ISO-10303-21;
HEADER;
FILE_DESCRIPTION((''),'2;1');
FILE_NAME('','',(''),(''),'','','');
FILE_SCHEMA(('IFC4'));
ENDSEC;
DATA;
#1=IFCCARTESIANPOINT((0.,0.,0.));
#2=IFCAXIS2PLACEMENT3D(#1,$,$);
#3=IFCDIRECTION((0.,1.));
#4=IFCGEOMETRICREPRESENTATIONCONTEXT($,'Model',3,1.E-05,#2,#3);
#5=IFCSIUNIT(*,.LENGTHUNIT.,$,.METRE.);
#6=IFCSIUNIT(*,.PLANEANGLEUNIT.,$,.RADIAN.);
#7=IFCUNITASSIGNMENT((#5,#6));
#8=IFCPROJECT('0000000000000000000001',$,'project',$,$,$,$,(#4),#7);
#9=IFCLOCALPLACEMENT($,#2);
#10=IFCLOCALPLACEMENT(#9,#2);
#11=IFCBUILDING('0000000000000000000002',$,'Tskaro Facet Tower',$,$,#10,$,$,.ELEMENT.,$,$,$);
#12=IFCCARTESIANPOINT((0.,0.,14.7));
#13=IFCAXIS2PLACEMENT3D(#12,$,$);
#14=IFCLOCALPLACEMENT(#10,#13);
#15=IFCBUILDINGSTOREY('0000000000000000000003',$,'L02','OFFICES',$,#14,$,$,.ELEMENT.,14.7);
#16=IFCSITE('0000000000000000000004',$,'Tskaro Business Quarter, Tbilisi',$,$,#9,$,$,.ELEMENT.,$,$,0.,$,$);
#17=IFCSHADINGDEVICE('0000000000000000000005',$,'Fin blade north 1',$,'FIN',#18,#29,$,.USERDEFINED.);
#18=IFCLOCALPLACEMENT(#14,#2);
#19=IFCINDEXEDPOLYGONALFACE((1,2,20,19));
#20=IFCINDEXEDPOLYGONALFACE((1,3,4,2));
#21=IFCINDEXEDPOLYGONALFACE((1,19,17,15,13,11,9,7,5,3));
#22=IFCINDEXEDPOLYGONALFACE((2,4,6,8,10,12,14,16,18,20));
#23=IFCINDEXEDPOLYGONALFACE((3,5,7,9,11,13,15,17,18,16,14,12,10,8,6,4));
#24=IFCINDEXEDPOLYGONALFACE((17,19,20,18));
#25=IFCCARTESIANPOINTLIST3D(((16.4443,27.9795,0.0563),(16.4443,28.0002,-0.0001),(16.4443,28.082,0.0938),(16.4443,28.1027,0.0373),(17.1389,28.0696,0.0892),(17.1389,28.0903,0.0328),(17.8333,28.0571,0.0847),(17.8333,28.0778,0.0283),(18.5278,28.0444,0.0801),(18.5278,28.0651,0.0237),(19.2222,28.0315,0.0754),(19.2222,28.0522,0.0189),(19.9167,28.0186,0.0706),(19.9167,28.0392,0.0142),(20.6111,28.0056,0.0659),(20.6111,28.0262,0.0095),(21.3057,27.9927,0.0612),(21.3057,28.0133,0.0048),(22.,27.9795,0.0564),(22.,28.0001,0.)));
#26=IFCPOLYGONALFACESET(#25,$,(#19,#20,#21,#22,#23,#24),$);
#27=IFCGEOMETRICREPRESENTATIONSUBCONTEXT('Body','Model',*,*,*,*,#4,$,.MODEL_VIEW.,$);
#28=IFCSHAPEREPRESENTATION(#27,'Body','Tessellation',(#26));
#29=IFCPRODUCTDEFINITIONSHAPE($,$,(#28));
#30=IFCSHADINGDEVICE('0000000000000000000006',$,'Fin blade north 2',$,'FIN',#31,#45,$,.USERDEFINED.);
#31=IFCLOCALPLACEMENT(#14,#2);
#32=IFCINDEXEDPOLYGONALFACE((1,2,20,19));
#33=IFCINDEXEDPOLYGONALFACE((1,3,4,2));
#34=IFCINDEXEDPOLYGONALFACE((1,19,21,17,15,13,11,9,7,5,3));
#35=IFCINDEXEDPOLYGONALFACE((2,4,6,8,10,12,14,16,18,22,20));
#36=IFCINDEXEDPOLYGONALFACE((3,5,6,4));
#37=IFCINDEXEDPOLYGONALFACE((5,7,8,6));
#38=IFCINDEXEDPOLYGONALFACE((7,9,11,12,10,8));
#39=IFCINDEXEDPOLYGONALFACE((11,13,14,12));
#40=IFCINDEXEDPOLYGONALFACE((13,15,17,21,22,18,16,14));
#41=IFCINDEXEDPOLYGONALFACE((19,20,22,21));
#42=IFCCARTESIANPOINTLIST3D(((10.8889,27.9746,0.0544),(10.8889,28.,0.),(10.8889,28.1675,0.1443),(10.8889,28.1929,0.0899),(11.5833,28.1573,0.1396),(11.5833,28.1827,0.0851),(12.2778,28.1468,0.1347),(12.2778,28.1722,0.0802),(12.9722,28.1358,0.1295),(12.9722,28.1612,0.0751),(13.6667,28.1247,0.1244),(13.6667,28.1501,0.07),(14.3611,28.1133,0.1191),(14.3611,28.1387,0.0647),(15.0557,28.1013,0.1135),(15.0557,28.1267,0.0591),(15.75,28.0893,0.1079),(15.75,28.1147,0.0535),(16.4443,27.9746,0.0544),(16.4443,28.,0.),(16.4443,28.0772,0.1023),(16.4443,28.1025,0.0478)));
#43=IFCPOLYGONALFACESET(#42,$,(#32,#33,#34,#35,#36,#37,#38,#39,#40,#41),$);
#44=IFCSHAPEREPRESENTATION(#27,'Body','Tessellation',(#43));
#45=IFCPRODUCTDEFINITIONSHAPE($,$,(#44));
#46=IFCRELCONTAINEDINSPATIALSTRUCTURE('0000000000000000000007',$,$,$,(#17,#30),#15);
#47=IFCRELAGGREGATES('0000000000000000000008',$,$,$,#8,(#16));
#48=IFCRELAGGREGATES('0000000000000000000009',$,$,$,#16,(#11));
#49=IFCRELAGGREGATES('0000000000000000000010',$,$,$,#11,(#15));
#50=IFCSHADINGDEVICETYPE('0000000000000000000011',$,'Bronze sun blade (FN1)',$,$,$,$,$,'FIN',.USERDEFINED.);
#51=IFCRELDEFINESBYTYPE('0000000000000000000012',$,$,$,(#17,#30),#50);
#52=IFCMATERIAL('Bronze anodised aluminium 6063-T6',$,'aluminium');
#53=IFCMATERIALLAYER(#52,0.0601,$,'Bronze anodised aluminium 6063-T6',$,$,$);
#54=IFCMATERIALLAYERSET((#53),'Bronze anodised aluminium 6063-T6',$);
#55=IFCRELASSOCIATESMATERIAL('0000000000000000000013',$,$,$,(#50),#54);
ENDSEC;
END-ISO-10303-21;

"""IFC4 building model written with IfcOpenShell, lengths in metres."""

from ifc_helpers import new_model, si_unit, direction, frame, origin, place, context, subcontext, project, spatial, polyline, outline, extrude, material, layer, layer_set, type_object, element, save


model = new_model("IFC4")

# Units and contexts
model_context = context("Model", 3, precision=1e-05, world=origin(), true_north=direction((0.0, 1.0)))
body_context = subcontext(model_context, "Body", "Model", "MODEL_VIEW")
ifc_project = project(units=[si_unit("LENGTHUNIT", "METRE"), si_unit("PLANEANGLEUNIT", "RADIAN")], contexts=[model_context])

# Site, building, storey
site_placement = place(None, origin())
site = spatial("IfcSite", under=ifc_project, at=site_placement, Name="Tskaro Business Quarter, Tbilisi", CompositionType="ELEMENT", RefElevation=0.0)
building_placement = place(site_placement, origin())
building = spatial("IfcBuilding", under=site, at=building_placement, Name="Tskaro Facet Tower", CompositionType="ELEMENT")
storey_placement = place(building_placement, frame((0.0, 0.0, 14.7)))
storey = spatial("IfcBuildingStorey", under=building, at=storey_placement, Name="L02", Description="OFFICES", CompositionType="ELEMENT", Elevation=14.7)

# Shared definitions
ifc_material_1 = material(Name="Bronze anodised aluminium 6063-T6", Category="aluminium")

# Shading devices
ifc_layer_1 = layer(ifc_material_1, 0.0601, Name="Bronze anodised aluminium 6063-T6")
ifc_layer_set_1 = layer_set([ifc_layer_1], Name="Bronze anodised aluminium 6063-T6")
shading_device_type = type_object("IfcShadingDeviceType", Name="Bronze sun blade (FN1)", ElementType="FIN", PredefinedType="USERDEFINED", material=ifc_layer_set_1)
shading_device_1_placement = place(storey_placement, frame((22.0, 27.9795, 0.0564), z_axis=(-0.000024, -0.343409, 0.939186), x_axis=(-1.0, 0.000008, -0.000022)))
element("IfcShadingDevice", 1, at=shading_device_1_placement, inside=storey, type_object=shading_device_type, Name="Fin blade north 1", ObjectType="FIN", PredefinedType="USERDEFINED", context=body_context, shape_type="SweptSolid", body=[
    extrude(outline(polyline([(0.0, 0.0), (5.5557, 0.0), (5.5557, -0.1091), (4.8611, -0.0959), (4.1667, -0.0826), (3.4722, -0.0691), (2.7778, -0.0554), (2.0833, -0.0416), (1.3889, -0.0278), (0.6943, -0.0141), (0.0, 0.0)])), origin(), (0.0, 0.0, -1.0), 0.0601),
])
shading_device_2_placement = place(storey_placement, frame((16.4443, 27.9746, 0.0544), z_axis=(-0.000011, -0.422581, 0.906325), x_axis=(-1.0, 0.000005, -0.00001)))
element("IfcShadingDevice", 2, at=shading_device_2_placement, inside=storey, type_object=shading_device_type, Name="Fin blade north 2", ObjectType="FIN", PredefinedType="USERDEFINED", context=body_context, shape_type="SweptSolid", body=[
    extrude(outline(polyline([(0.0, 0.0), (5.5554, 0.0), (5.5554, -0.2128), (4.8611, -0.2015), (4.1665, -0.1899), (3.4722, -0.1778), (2.7776, -0.1656), (2.0833, -0.153), (1.3887, -0.1398), (0.6943, -0.1266), (0.0, -0.1132), (0.0, 0.0)])), origin(), (0.0, 0.0, -1.0), 0.0601),
])

save(model, "model.ifc")
